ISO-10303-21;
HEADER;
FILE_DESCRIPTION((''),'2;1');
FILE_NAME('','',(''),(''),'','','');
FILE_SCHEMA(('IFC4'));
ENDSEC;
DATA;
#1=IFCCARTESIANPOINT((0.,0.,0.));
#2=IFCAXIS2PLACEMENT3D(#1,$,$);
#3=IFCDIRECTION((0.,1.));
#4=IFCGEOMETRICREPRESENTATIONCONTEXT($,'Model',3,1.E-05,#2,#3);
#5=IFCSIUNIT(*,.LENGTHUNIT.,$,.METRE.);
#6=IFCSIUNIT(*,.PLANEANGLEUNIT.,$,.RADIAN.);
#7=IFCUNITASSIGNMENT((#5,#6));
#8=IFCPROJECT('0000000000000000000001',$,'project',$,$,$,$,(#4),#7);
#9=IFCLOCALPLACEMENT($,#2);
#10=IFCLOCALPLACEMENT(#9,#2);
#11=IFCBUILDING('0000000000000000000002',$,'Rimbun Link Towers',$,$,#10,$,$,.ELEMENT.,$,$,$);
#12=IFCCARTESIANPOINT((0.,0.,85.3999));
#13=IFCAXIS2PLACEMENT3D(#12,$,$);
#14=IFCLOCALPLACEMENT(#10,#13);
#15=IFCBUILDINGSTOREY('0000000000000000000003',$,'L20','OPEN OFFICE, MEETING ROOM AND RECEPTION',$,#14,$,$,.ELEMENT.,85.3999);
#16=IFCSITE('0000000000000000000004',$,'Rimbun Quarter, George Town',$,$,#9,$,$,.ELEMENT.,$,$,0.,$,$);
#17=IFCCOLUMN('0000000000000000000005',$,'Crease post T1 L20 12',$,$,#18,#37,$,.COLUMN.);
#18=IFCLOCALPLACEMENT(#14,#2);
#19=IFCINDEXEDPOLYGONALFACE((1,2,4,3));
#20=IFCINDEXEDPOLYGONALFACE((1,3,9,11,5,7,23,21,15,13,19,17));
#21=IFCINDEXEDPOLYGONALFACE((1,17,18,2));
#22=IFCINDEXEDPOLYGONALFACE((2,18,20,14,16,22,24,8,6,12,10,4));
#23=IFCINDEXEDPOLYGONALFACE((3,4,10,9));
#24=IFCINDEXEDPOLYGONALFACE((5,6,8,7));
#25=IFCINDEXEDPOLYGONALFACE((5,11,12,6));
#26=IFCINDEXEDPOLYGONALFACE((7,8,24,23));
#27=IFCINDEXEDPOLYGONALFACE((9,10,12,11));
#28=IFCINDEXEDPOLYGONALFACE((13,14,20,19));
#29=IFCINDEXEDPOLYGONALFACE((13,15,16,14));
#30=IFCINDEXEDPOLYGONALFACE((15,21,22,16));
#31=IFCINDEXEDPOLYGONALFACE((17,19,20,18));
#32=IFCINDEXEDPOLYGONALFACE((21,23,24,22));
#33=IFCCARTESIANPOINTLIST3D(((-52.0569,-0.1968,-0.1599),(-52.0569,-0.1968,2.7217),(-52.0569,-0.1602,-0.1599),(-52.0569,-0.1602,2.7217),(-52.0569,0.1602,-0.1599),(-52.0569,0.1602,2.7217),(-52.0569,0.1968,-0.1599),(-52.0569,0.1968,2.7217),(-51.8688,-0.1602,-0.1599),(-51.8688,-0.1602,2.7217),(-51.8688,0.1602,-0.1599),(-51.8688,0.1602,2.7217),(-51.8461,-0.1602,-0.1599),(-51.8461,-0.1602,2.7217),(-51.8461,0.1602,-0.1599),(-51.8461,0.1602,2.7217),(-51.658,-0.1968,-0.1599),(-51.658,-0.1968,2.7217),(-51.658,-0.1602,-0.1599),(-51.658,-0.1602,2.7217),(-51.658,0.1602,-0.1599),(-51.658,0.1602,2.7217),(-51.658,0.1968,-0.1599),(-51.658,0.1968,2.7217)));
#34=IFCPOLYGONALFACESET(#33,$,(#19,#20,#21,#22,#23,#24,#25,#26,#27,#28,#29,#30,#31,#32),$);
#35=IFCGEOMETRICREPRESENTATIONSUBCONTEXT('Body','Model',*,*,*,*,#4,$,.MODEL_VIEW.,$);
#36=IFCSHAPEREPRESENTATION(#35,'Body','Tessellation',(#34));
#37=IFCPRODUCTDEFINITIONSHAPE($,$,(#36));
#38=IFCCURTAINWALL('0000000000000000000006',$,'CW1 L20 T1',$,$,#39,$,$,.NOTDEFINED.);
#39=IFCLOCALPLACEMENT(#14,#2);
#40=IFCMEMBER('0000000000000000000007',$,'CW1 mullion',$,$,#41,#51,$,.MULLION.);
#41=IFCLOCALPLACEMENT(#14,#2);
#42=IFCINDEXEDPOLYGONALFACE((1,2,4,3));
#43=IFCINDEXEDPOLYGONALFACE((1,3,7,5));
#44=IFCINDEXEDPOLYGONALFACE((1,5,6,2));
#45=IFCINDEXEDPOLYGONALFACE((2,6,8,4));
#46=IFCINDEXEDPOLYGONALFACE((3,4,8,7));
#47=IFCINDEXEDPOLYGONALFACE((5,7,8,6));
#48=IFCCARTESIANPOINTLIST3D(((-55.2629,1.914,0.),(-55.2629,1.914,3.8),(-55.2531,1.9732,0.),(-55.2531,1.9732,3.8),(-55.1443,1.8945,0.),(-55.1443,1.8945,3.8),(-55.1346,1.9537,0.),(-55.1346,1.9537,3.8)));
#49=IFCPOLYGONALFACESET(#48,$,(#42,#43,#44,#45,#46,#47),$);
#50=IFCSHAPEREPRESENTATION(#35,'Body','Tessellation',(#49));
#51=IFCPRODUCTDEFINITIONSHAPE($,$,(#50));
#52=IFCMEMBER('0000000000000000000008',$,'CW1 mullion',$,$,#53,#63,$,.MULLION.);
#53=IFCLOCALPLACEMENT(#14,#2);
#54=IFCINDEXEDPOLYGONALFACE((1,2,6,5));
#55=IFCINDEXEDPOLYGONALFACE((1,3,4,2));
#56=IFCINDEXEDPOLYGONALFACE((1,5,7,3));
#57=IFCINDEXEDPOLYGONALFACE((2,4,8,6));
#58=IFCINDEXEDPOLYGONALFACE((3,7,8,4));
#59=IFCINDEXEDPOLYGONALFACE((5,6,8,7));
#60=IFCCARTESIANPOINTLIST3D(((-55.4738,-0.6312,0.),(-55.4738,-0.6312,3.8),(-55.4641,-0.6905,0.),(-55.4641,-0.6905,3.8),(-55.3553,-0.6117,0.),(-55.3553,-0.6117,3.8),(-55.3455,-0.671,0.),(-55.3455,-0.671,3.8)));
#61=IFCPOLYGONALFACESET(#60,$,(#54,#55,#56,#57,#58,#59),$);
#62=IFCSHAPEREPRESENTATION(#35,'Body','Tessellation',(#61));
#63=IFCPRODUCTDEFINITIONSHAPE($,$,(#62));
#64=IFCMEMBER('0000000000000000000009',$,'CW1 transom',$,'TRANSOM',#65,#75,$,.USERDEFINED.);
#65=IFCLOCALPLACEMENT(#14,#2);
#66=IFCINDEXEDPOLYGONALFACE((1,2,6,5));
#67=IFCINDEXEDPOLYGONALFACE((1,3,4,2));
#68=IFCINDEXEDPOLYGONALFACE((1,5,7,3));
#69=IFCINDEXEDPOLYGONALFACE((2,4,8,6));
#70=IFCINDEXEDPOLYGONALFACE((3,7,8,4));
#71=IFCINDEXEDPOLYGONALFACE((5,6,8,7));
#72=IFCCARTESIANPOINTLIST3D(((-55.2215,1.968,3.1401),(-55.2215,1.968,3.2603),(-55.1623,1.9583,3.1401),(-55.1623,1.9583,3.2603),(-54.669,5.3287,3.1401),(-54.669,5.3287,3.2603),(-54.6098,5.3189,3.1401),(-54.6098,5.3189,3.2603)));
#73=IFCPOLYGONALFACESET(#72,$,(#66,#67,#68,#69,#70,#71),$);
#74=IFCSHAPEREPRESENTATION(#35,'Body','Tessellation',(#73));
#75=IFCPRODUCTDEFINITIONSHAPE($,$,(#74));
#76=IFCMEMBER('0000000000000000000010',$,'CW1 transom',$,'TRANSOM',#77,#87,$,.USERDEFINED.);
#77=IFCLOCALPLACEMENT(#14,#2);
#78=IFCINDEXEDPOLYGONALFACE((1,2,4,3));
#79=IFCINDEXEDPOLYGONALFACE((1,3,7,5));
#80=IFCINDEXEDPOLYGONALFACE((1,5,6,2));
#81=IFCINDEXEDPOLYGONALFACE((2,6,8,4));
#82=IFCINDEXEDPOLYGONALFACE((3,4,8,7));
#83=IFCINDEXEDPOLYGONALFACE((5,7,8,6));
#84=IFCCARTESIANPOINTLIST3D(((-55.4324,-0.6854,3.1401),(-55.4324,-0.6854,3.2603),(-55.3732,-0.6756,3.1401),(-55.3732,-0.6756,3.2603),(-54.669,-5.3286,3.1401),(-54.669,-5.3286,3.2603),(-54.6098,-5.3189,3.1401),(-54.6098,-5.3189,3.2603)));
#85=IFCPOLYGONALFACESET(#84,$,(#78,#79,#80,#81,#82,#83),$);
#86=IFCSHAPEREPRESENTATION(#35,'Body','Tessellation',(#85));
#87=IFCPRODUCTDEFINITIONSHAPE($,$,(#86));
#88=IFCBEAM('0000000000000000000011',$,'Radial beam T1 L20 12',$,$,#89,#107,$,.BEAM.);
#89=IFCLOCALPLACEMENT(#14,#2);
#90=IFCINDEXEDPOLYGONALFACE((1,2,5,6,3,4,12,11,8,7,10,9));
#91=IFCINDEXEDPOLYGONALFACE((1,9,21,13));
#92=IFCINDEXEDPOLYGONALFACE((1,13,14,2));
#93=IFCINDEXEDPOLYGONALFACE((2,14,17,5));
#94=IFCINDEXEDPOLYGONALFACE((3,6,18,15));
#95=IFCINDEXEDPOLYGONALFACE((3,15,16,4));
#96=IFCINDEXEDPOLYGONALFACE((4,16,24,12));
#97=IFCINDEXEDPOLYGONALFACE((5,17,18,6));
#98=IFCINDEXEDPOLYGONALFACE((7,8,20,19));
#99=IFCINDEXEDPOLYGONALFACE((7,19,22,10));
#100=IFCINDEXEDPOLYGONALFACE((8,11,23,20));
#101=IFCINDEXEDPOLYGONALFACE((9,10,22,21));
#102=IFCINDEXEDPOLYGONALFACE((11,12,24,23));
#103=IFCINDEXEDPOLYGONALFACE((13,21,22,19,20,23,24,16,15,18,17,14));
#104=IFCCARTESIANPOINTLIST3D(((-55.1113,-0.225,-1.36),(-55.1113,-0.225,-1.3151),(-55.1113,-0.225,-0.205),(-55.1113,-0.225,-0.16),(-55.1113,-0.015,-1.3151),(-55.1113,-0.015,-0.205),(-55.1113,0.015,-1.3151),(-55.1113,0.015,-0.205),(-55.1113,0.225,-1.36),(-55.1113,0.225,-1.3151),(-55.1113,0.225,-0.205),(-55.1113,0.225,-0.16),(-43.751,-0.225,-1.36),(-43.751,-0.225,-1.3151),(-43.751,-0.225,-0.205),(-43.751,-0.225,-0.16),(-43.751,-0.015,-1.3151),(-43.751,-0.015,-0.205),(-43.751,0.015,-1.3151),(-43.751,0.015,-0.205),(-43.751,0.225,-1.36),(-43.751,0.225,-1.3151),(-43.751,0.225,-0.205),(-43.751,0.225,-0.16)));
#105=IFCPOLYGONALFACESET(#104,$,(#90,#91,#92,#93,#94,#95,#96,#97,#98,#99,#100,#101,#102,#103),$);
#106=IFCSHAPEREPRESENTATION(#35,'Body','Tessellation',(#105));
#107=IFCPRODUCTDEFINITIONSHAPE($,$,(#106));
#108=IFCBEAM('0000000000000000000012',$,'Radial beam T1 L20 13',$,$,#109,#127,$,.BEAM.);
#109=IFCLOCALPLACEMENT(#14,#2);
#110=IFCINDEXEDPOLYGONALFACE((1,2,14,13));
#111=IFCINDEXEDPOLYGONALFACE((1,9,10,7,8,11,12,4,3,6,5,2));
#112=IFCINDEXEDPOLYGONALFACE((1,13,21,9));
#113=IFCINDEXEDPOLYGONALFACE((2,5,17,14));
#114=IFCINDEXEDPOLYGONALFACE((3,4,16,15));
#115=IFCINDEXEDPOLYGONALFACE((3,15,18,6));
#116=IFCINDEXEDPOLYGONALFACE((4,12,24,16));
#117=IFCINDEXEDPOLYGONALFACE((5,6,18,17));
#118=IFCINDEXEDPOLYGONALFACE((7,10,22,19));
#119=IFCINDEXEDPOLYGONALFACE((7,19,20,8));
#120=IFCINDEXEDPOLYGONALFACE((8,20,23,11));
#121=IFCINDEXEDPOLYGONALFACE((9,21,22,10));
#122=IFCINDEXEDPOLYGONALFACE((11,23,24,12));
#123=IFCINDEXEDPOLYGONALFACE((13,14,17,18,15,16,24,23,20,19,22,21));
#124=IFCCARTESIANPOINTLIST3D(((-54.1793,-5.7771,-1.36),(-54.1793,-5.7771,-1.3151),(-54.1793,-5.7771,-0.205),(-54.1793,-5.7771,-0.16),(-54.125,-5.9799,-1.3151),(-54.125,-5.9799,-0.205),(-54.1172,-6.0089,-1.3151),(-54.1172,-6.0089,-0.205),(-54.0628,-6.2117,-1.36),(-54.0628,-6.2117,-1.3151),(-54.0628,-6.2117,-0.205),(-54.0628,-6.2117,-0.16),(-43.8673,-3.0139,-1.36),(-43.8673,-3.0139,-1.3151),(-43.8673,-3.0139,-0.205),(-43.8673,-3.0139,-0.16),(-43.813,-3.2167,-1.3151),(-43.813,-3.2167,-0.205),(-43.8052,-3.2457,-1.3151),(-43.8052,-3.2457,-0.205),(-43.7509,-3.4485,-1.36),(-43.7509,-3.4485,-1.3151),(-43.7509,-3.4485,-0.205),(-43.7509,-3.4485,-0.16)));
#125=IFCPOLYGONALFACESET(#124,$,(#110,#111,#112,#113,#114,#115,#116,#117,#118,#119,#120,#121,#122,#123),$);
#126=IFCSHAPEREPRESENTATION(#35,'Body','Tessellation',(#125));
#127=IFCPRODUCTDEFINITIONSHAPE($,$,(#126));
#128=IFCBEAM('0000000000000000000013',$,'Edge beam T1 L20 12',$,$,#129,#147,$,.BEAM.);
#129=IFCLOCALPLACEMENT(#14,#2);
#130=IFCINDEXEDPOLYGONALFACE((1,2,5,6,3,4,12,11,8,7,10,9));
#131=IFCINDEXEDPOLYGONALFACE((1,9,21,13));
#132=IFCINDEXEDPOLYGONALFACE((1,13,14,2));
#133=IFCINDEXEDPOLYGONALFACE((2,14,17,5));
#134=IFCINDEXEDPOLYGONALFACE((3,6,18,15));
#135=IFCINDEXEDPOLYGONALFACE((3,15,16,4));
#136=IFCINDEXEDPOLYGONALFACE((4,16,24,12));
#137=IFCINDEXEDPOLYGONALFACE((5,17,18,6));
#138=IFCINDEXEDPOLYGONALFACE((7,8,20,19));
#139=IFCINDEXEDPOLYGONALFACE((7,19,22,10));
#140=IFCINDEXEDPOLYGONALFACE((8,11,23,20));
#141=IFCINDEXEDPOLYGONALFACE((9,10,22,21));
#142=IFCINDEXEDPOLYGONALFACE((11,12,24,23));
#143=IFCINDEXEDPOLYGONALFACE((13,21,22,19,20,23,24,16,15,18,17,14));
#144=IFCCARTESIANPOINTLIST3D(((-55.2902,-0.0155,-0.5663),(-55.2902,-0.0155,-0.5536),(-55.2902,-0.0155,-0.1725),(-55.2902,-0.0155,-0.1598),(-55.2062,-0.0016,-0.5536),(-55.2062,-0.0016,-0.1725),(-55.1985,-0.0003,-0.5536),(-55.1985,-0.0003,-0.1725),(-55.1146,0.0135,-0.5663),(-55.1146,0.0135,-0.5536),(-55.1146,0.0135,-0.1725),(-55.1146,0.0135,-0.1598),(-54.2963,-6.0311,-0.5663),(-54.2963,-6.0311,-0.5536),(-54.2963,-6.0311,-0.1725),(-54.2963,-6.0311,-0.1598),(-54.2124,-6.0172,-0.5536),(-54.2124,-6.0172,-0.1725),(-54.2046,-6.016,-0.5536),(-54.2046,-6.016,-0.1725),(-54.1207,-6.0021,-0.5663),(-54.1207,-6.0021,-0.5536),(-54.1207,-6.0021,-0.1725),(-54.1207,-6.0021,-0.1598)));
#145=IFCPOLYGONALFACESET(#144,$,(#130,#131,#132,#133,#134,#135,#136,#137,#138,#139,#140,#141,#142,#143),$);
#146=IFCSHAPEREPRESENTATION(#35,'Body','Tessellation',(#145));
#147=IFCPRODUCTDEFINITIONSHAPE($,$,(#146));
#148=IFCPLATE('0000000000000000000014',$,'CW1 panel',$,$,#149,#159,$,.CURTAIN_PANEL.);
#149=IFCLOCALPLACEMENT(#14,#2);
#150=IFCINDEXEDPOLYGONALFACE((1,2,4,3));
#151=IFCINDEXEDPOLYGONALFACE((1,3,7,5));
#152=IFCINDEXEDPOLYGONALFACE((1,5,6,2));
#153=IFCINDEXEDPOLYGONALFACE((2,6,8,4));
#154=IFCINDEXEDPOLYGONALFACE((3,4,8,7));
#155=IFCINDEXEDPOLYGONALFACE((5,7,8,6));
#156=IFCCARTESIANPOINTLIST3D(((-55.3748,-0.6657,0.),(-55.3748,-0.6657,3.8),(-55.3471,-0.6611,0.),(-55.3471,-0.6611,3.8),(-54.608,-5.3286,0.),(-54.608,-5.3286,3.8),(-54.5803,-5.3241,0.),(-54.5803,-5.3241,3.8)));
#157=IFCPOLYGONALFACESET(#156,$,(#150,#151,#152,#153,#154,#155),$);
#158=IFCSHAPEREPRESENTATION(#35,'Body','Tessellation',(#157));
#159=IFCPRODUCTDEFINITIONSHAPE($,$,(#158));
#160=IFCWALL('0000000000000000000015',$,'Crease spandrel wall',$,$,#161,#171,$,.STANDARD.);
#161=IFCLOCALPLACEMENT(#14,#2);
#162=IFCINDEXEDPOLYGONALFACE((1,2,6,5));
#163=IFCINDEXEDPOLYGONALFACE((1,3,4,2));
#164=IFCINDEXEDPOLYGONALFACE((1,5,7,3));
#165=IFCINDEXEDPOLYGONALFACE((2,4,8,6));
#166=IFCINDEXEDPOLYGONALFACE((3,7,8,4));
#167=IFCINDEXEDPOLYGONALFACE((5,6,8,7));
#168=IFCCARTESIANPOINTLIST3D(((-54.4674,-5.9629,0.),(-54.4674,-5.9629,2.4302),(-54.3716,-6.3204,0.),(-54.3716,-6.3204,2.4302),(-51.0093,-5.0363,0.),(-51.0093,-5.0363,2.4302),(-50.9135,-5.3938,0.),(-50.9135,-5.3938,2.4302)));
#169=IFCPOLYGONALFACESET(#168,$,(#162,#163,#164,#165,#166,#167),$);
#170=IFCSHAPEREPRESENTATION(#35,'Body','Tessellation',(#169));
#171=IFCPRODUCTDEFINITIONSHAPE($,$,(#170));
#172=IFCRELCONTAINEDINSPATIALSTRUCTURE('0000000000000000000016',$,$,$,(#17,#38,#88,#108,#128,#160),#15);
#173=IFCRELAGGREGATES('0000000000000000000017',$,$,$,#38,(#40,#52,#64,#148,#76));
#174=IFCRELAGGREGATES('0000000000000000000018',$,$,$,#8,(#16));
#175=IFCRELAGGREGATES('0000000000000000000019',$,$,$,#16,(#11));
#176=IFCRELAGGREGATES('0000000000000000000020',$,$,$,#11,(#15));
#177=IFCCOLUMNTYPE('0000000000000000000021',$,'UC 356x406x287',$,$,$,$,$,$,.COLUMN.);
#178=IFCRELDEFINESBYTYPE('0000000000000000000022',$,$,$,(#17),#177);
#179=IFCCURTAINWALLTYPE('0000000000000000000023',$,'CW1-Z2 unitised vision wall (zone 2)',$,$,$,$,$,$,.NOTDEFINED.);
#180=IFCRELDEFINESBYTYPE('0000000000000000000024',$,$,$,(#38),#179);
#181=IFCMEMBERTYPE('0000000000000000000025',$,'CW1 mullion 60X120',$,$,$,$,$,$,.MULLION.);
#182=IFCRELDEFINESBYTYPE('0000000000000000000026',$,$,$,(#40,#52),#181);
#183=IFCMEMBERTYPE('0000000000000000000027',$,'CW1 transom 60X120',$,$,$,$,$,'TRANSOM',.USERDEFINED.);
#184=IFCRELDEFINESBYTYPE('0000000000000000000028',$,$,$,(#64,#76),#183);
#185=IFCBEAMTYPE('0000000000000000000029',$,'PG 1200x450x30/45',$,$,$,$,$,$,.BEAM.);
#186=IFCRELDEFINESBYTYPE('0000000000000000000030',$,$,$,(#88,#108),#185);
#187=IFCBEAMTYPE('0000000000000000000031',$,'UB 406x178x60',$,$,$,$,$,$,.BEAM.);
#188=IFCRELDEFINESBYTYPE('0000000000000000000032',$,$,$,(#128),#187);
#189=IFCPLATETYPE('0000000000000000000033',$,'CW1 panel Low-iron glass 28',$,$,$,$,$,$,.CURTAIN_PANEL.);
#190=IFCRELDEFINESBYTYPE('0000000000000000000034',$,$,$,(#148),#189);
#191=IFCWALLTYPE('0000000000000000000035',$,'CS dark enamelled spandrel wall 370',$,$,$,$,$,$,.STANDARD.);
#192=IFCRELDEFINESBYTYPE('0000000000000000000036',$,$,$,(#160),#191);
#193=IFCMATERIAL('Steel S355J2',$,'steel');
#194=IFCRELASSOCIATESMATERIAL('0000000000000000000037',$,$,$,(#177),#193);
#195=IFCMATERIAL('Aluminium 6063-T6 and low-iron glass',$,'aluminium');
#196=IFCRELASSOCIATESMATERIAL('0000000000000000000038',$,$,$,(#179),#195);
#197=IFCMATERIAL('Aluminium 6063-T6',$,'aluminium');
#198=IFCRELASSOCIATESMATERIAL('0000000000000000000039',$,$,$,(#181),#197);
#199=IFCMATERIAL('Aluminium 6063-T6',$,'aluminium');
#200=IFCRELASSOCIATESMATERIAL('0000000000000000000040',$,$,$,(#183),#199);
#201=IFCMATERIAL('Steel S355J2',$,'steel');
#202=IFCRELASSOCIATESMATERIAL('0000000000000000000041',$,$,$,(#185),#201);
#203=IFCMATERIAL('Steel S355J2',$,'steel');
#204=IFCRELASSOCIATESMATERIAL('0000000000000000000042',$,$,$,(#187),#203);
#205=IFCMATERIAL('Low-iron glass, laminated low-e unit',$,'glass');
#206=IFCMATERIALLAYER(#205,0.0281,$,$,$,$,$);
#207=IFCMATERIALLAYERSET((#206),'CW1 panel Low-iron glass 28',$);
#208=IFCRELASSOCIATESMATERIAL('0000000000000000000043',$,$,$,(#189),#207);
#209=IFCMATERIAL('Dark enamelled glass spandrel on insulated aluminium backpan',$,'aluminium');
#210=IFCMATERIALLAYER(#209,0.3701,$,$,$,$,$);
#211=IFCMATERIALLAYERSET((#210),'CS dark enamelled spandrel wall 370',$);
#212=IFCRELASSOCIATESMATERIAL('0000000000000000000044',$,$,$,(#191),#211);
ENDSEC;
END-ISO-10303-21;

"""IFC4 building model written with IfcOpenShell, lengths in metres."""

from ifc_helpers import new_model, si_unit, direction, frame, frame_2d, origin, origin_2d, place, context, subcontext, project, spatial, rectangle, i_section, extrude, material, layer, layer_set, material_profile, profile_set, type_object, element, aggregate, save


model = new_model("IFC4")

# Units and contexts
model_context = context("Model", 3, precision=1e-05, world=origin(), true_north=direction((0.0, 1.0)))
body_context = subcontext(model_context, "Body", "Model", "MODEL_VIEW")
ifc_project = project(units=[si_unit("LENGTHUNIT", "METRE"), si_unit("PLANEANGLEUNIT", "RADIAN")], contexts=[model_context])

# Site, building, storey
site_placement = place(None, origin())
site = spatial("IfcSite", under=ifc_project, at=site_placement, Name="Rimbun Quarter, George Town", CompositionType="ELEMENT", RefElevation=0.0)
building_placement = place(site_placement, origin())
building = spatial("IfcBuilding", under=site, at=building_placement, Name="Rimbun Link Towers", CompositionType="ELEMENT")
storey_placement = place(building_placement, frame((0.0, 0.0, 85.3999)))
storey = spatial("IfcBuildingStorey", under=building, at=storey_placement, Name="L20", Description="OPEN OFFICE, MEETING ROOM AND RECEPTION", CompositionType="ELEMENT", Elevation=85.3999)

# Column
ifc_material_1 = material(Name="Steel S355J2", Category="steel")
ifc_material_profile_1 = material_profile(ifc_material_1, i_section(OverallWidth=0.3989, OverallDepth=0.3936, WebThickness=0.0227, FlangeThickness=0.0366, at=origin_2d()), Name="UC 356x406x287")
ifc_profile_set_1 = profile_set([ifc_material_profile_1], Name="Steel S355J2")
column_type = type_object("IfcColumnType", Name="UC 356x406x287", PredefinedType="COLUMN", material=ifc_profile_set_1)
column_placement = place(storey_placement, frame((-51.8574, 0.0, -0.1599), z_axis=(0.0, 0.0, 1.0), x_axis=(1.0, 0.0, 0.0)))
element("IfcColumn", 1, at=column_placement, inside=storey, type_object=column_type, Name="Crease post T1 L20 12", PredefinedType="COLUMN", context=body_context, shape_type="SweptSolid", body=[
    extrude(i_section(OverallWidth=0.3989, OverallDepth=0.3936, WebThickness=0.0227, FlangeThickness=0.0366, at=origin_2d()), origin(), (0.0, 0.0, 1.0), 2.8816),
])

# Curtain wall, members
ifc_material_2 = material(Name="Aluminium 6063-T6 and low-iron glass", Category="aluminium")
curtain_wall_type = type_object("IfcCurtainWallType", Name="CW1-Z2 unitised vision wall (zone 2)", PredefinedType="NOTDEFINED", material=ifc_material_2)
curtain_wall_placement = place(storey_placement, origin())
curtain_wall = element("IfcCurtainWall", 2, at=curtain_wall_placement, inside=storey, type_object=curtain_wall_type, Name="CW1 L20 T1", PredefinedType="NOTDEFINED")
ifc_material_3 = material(Name="Aluminium 6063-T6", Category="aluminium")
ifc_material_profile_2 = material_profile(ifc_material_3, rectangle(XDim=0.1201, YDim=0.0601, at=origin_2d()), Name="MULLION 60X120")
ifc_profile_set_2 = profile_set([ifc_material_profile_2], Name="Aluminium 6063-T6")
member_type_1 = type_object("IfcMemberType", Name="CW1 mullion 60X120", PredefinedType="MULLION", material=ifc_profile_set_2)
member_1_placement = place(storey_placement, frame((-55.1987, 1.9338, 0.0), z_axis=(0.0, 0.0, 1.0), x_axis=(-0.986749, 0.162255, 0.0)))
member_1 = element("IfcMember", 3, at=member_1_placement, type_object=member_type_1, Name="CW1 mullion", PredefinedType="MULLION", context=body_context, shape_type="SweptSolid", body=[
    extrude(rectangle(XDim=0.1201, YDim=0.0601, at=origin_2d()), origin(), (0.0, 0.0, 1.0), 3.8),
])
member_2_placement = place(storey_placement, frame((-55.4097, -0.6511, 0.0), z_axis=(0.0, 0.0, 1.0), x_axis=(-0.986749, -0.162255, 0.0)))
member_2 = element("IfcMember", 4, at=member_2_placement, type_object=member_type_1, Name="CW1 mullion", PredefinedType="MULLION", context=body_context, shape_type="SweptSolid", body=[
    extrude(rectangle(XDim=0.1201, YDim=0.0601, at=origin_2d()), origin(), (0.0, 0.0, 1.0), 3.8),
])
ifc_material_4 = material(Name="Aluminium 6063-T6", Category="aluminium")
ifc_material_profile_3 = material_profile(ifc_material_4, rectangle(XDim=0.0601, YDim=0.1201, at=origin_2d()), Name="TRANSOM 60X120")
ifc_profile_set_3 = profile_set([ifc_material_profile_3], Name="Aluminium 6063-T6")
member_type_2 = type_object("IfcMemberType", Name="CW1 transom 60X120", ElementType="TRANSOM", PredefinedType="USERDEFINED", material=ifc_profile_set_3)
member_3_placement = place(storey_placement, frame((-55.1919, 1.9631, 3.2002), z_axis=(0.162225, 0.986754, 0.0), x_axis=(-0.986754, 0.162225, 0.0)))
member_3 = element("IfcMember", 5, at=member_3_placement, type_object=member_type_2, Name="CW1 transom", ObjectType="TRANSOM", PredefinedType="USERDEFINED", context=body_context, shape_type="SweptSolid", body=[
    extrude(rectangle(XDim=0.0601, YDim=0.1201, at=origin_2d()), origin(), (0.0, 0.0, 1.0), 3.4058),
])
member_4_placement = place(storey_placement, frame((-54.6394, -5.3237, 3.2002), z_axis=(-0.162236, 0.986752, 0.0), x_axis=(-0.986752, -0.162236, 0.0)))
member_4 = element("IfcMember", 6, at=member_4_placement, type_object=member_type_2, Name="CW1 transom", ObjectType="TRANSOM", PredefinedType="USERDEFINED", context=body_context, shape_type="SweptSolid", body=[
    extrude(rectangle(XDim=0.0601, YDim=0.1201, at=origin_2d()), origin(), (0.0, 0.0, 1.0), 4.7056),
])

# Beams
ifc_material_5 = material(Name="Steel S355J2", Category="steel")
ifc_material_profile_4 = material_profile(ifc_material_5, i_section(OverallWidth=0.45, OverallDepth=1.2, WebThickness=0.03, FlangeThickness=0.0449, at=origin_2d()), Name="PG 1200x450x30/45")
ifc_profile_set_4 = profile_set([ifc_material_profile_4], Name="Steel S355J2")
beam_type_1 = type_object("IfcBeamType", Name="PG 1200x450x30/45", PredefinedType="BEAM", material=ifc_profile_set_4)
beam_1_placement = place(storey_placement, frame((-43.751, 0.0, -0.76), z_axis=(-1.0, 0.0, 0.0), x_axis=(0.0, -1.0, 0.0)))
element("IfcBeam", 7, at=beam_1_placement, inside=storey, type_object=beam_type_1, Name="Radial beam T1 L20 12", PredefinedType="BEAM", context=body_context, shape_type="SweptSolid", body=[
    extrude(i_section(OverallWidth=0.45, OverallDepth=1.2, WebThickness=0.03, FlangeThickness=0.0449, at=origin_2d()), origin(), (0.0, 0.0, 1.0), 11.3604),
])
beam_2_placement = place(storey_placement, frame((-43.8091, -3.2312, -0.76), z_axis=(-0.965924, -0.258827, 0.0), x_axis=(0.258827, -0.965924, 0.0)))
element("IfcBeam", 8, at=beam_2_placement, inside=storey, type_object=beam_type_1, Name="Radial beam T1 L20 13", PredefinedType="BEAM", context=body_context, shape_type="SweptSolid", body=[
    extrude(i_section(OverallWidth=0.45, OverallDepth=1.2, WebThickness=0.03, FlangeThickness=0.0449, at=origin_2d()), origin(), (0.0, 0.0, 1.0), 10.6758),
])
ifc_material_6 = material(Name="Steel S355J2", Category="steel")
ifc_material_profile_5 = material_profile(ifc_material_6, i_section(OverallWidth=0.178, OverallDepth=0.4065, WebThickness=0.0078, FlangeThickness=0.0127, at=origin_2d()), Name="UB 406x178x60")
ifc_profile_set_5 = profile_set([ifc_material_profile_5], Name="Steel S355J2")
beam_type_2 = type_object("IfcBeamType", Name="UB 406x178x60", PredefinedType="BEAM", material=ifc_profile_set_5)
beam_3_placement = place(storey_placement, frame((-55.2024, -0.001, -0.363), z_axis=(0.163009, -0.986625, 0.0), x_axis=(0.986625, 0.163009, 0.0)))
element("IfcBeam", 9, at=beam_3_placement, inside=storey, type_object=beam_type_2, Name="Edge beam T1 L20 12", PredefinedType="BEAM", context=body_context, shape_type="SweptSolid", body=[
    extrude(i_section(OverallWidth=0.178, OverallDepth=0.4065, WebThickness=0.0078, FlangeThickness=0.0127, at=origin_2d()), origin(), (0.0, 0.0, 1.0), 6.0972),
])

# Plate
ifc_material_7 = material(Name="Low-iron glass, laminated low-e unit", Category="glass")
ifc_layer_1 = layer(ifc_material_7, 0.0281)
ifc_layer_set_1 = layer_set([ifc_layer_1], Name="CW1 panel Low-iron glass 28")
plate_type = type_object("IfcPlateType", Name="CW1 panel Low-iron glass 28", PredefinedType="CURTAIN_PANEL", material=ifc_layer_set_1)
plate_placement = place(storey_placement, frame((-54.9775, -2.9949, 0.0), z_axis=(0.0, 0.0, 1.0), x_axis=(-0.162255, 0.986749, 0.0)))
plate = element("IfcPlate", 10, at=plate_placement, type_object=plate_type, Name="CW1 panel", PredefinedType="CURTAIN_PANEL", context=body_context, shape_type="SweptSolid", body=[
    extrude(rectangle(XDim=4.7256, YDim=0.0281, at=origin_2d()), origin(), (0.0, 0.0, 1.0), 3.8),
])
aggregate(curtain_wall, [member_1, member_2, member_3, plate, member_4])

# Wall
ifc_material_8 = material(Name="Dark enamelled glass spandrel on insulated aluminium backpan", Category="aluminium")
ifc_layer_2 = layer(ifc_material_8, 0.3701)
ifc_layer_set_2 = layer_set([ifc_layer_2], Name="CS dark enamelled spandrel wall 370")
wall_type_1 = type_object("IfcWallType", Name="CS dark enamelled spandrel wall 370", PredefinedType="STANDARD", material=ifc_layer_set_2)
wall_1_placement = place(storey_placement, frame((-50.9614, -5.2151, 0.0), z_axis=(0.0, 0.0, 1.0), x_axis=(-0.96593, -0.258804, 0.0)))
element("IfcWall", 11, at=wall_1_placement, inside=storey, type_object=wall_type_1, Name="Crease spandrel wall", PredefinedType="STANDARD", context=body_context, shape_type="SweptSolid", body=[
    extrude(rectangle(XDim=3.5801, YDim=0.3701, at=frame_2d((1.79, 0.0))), origin(), (0.0, 0.0, 1.0), 2.4302),
])

save(model, "model.ifc")
